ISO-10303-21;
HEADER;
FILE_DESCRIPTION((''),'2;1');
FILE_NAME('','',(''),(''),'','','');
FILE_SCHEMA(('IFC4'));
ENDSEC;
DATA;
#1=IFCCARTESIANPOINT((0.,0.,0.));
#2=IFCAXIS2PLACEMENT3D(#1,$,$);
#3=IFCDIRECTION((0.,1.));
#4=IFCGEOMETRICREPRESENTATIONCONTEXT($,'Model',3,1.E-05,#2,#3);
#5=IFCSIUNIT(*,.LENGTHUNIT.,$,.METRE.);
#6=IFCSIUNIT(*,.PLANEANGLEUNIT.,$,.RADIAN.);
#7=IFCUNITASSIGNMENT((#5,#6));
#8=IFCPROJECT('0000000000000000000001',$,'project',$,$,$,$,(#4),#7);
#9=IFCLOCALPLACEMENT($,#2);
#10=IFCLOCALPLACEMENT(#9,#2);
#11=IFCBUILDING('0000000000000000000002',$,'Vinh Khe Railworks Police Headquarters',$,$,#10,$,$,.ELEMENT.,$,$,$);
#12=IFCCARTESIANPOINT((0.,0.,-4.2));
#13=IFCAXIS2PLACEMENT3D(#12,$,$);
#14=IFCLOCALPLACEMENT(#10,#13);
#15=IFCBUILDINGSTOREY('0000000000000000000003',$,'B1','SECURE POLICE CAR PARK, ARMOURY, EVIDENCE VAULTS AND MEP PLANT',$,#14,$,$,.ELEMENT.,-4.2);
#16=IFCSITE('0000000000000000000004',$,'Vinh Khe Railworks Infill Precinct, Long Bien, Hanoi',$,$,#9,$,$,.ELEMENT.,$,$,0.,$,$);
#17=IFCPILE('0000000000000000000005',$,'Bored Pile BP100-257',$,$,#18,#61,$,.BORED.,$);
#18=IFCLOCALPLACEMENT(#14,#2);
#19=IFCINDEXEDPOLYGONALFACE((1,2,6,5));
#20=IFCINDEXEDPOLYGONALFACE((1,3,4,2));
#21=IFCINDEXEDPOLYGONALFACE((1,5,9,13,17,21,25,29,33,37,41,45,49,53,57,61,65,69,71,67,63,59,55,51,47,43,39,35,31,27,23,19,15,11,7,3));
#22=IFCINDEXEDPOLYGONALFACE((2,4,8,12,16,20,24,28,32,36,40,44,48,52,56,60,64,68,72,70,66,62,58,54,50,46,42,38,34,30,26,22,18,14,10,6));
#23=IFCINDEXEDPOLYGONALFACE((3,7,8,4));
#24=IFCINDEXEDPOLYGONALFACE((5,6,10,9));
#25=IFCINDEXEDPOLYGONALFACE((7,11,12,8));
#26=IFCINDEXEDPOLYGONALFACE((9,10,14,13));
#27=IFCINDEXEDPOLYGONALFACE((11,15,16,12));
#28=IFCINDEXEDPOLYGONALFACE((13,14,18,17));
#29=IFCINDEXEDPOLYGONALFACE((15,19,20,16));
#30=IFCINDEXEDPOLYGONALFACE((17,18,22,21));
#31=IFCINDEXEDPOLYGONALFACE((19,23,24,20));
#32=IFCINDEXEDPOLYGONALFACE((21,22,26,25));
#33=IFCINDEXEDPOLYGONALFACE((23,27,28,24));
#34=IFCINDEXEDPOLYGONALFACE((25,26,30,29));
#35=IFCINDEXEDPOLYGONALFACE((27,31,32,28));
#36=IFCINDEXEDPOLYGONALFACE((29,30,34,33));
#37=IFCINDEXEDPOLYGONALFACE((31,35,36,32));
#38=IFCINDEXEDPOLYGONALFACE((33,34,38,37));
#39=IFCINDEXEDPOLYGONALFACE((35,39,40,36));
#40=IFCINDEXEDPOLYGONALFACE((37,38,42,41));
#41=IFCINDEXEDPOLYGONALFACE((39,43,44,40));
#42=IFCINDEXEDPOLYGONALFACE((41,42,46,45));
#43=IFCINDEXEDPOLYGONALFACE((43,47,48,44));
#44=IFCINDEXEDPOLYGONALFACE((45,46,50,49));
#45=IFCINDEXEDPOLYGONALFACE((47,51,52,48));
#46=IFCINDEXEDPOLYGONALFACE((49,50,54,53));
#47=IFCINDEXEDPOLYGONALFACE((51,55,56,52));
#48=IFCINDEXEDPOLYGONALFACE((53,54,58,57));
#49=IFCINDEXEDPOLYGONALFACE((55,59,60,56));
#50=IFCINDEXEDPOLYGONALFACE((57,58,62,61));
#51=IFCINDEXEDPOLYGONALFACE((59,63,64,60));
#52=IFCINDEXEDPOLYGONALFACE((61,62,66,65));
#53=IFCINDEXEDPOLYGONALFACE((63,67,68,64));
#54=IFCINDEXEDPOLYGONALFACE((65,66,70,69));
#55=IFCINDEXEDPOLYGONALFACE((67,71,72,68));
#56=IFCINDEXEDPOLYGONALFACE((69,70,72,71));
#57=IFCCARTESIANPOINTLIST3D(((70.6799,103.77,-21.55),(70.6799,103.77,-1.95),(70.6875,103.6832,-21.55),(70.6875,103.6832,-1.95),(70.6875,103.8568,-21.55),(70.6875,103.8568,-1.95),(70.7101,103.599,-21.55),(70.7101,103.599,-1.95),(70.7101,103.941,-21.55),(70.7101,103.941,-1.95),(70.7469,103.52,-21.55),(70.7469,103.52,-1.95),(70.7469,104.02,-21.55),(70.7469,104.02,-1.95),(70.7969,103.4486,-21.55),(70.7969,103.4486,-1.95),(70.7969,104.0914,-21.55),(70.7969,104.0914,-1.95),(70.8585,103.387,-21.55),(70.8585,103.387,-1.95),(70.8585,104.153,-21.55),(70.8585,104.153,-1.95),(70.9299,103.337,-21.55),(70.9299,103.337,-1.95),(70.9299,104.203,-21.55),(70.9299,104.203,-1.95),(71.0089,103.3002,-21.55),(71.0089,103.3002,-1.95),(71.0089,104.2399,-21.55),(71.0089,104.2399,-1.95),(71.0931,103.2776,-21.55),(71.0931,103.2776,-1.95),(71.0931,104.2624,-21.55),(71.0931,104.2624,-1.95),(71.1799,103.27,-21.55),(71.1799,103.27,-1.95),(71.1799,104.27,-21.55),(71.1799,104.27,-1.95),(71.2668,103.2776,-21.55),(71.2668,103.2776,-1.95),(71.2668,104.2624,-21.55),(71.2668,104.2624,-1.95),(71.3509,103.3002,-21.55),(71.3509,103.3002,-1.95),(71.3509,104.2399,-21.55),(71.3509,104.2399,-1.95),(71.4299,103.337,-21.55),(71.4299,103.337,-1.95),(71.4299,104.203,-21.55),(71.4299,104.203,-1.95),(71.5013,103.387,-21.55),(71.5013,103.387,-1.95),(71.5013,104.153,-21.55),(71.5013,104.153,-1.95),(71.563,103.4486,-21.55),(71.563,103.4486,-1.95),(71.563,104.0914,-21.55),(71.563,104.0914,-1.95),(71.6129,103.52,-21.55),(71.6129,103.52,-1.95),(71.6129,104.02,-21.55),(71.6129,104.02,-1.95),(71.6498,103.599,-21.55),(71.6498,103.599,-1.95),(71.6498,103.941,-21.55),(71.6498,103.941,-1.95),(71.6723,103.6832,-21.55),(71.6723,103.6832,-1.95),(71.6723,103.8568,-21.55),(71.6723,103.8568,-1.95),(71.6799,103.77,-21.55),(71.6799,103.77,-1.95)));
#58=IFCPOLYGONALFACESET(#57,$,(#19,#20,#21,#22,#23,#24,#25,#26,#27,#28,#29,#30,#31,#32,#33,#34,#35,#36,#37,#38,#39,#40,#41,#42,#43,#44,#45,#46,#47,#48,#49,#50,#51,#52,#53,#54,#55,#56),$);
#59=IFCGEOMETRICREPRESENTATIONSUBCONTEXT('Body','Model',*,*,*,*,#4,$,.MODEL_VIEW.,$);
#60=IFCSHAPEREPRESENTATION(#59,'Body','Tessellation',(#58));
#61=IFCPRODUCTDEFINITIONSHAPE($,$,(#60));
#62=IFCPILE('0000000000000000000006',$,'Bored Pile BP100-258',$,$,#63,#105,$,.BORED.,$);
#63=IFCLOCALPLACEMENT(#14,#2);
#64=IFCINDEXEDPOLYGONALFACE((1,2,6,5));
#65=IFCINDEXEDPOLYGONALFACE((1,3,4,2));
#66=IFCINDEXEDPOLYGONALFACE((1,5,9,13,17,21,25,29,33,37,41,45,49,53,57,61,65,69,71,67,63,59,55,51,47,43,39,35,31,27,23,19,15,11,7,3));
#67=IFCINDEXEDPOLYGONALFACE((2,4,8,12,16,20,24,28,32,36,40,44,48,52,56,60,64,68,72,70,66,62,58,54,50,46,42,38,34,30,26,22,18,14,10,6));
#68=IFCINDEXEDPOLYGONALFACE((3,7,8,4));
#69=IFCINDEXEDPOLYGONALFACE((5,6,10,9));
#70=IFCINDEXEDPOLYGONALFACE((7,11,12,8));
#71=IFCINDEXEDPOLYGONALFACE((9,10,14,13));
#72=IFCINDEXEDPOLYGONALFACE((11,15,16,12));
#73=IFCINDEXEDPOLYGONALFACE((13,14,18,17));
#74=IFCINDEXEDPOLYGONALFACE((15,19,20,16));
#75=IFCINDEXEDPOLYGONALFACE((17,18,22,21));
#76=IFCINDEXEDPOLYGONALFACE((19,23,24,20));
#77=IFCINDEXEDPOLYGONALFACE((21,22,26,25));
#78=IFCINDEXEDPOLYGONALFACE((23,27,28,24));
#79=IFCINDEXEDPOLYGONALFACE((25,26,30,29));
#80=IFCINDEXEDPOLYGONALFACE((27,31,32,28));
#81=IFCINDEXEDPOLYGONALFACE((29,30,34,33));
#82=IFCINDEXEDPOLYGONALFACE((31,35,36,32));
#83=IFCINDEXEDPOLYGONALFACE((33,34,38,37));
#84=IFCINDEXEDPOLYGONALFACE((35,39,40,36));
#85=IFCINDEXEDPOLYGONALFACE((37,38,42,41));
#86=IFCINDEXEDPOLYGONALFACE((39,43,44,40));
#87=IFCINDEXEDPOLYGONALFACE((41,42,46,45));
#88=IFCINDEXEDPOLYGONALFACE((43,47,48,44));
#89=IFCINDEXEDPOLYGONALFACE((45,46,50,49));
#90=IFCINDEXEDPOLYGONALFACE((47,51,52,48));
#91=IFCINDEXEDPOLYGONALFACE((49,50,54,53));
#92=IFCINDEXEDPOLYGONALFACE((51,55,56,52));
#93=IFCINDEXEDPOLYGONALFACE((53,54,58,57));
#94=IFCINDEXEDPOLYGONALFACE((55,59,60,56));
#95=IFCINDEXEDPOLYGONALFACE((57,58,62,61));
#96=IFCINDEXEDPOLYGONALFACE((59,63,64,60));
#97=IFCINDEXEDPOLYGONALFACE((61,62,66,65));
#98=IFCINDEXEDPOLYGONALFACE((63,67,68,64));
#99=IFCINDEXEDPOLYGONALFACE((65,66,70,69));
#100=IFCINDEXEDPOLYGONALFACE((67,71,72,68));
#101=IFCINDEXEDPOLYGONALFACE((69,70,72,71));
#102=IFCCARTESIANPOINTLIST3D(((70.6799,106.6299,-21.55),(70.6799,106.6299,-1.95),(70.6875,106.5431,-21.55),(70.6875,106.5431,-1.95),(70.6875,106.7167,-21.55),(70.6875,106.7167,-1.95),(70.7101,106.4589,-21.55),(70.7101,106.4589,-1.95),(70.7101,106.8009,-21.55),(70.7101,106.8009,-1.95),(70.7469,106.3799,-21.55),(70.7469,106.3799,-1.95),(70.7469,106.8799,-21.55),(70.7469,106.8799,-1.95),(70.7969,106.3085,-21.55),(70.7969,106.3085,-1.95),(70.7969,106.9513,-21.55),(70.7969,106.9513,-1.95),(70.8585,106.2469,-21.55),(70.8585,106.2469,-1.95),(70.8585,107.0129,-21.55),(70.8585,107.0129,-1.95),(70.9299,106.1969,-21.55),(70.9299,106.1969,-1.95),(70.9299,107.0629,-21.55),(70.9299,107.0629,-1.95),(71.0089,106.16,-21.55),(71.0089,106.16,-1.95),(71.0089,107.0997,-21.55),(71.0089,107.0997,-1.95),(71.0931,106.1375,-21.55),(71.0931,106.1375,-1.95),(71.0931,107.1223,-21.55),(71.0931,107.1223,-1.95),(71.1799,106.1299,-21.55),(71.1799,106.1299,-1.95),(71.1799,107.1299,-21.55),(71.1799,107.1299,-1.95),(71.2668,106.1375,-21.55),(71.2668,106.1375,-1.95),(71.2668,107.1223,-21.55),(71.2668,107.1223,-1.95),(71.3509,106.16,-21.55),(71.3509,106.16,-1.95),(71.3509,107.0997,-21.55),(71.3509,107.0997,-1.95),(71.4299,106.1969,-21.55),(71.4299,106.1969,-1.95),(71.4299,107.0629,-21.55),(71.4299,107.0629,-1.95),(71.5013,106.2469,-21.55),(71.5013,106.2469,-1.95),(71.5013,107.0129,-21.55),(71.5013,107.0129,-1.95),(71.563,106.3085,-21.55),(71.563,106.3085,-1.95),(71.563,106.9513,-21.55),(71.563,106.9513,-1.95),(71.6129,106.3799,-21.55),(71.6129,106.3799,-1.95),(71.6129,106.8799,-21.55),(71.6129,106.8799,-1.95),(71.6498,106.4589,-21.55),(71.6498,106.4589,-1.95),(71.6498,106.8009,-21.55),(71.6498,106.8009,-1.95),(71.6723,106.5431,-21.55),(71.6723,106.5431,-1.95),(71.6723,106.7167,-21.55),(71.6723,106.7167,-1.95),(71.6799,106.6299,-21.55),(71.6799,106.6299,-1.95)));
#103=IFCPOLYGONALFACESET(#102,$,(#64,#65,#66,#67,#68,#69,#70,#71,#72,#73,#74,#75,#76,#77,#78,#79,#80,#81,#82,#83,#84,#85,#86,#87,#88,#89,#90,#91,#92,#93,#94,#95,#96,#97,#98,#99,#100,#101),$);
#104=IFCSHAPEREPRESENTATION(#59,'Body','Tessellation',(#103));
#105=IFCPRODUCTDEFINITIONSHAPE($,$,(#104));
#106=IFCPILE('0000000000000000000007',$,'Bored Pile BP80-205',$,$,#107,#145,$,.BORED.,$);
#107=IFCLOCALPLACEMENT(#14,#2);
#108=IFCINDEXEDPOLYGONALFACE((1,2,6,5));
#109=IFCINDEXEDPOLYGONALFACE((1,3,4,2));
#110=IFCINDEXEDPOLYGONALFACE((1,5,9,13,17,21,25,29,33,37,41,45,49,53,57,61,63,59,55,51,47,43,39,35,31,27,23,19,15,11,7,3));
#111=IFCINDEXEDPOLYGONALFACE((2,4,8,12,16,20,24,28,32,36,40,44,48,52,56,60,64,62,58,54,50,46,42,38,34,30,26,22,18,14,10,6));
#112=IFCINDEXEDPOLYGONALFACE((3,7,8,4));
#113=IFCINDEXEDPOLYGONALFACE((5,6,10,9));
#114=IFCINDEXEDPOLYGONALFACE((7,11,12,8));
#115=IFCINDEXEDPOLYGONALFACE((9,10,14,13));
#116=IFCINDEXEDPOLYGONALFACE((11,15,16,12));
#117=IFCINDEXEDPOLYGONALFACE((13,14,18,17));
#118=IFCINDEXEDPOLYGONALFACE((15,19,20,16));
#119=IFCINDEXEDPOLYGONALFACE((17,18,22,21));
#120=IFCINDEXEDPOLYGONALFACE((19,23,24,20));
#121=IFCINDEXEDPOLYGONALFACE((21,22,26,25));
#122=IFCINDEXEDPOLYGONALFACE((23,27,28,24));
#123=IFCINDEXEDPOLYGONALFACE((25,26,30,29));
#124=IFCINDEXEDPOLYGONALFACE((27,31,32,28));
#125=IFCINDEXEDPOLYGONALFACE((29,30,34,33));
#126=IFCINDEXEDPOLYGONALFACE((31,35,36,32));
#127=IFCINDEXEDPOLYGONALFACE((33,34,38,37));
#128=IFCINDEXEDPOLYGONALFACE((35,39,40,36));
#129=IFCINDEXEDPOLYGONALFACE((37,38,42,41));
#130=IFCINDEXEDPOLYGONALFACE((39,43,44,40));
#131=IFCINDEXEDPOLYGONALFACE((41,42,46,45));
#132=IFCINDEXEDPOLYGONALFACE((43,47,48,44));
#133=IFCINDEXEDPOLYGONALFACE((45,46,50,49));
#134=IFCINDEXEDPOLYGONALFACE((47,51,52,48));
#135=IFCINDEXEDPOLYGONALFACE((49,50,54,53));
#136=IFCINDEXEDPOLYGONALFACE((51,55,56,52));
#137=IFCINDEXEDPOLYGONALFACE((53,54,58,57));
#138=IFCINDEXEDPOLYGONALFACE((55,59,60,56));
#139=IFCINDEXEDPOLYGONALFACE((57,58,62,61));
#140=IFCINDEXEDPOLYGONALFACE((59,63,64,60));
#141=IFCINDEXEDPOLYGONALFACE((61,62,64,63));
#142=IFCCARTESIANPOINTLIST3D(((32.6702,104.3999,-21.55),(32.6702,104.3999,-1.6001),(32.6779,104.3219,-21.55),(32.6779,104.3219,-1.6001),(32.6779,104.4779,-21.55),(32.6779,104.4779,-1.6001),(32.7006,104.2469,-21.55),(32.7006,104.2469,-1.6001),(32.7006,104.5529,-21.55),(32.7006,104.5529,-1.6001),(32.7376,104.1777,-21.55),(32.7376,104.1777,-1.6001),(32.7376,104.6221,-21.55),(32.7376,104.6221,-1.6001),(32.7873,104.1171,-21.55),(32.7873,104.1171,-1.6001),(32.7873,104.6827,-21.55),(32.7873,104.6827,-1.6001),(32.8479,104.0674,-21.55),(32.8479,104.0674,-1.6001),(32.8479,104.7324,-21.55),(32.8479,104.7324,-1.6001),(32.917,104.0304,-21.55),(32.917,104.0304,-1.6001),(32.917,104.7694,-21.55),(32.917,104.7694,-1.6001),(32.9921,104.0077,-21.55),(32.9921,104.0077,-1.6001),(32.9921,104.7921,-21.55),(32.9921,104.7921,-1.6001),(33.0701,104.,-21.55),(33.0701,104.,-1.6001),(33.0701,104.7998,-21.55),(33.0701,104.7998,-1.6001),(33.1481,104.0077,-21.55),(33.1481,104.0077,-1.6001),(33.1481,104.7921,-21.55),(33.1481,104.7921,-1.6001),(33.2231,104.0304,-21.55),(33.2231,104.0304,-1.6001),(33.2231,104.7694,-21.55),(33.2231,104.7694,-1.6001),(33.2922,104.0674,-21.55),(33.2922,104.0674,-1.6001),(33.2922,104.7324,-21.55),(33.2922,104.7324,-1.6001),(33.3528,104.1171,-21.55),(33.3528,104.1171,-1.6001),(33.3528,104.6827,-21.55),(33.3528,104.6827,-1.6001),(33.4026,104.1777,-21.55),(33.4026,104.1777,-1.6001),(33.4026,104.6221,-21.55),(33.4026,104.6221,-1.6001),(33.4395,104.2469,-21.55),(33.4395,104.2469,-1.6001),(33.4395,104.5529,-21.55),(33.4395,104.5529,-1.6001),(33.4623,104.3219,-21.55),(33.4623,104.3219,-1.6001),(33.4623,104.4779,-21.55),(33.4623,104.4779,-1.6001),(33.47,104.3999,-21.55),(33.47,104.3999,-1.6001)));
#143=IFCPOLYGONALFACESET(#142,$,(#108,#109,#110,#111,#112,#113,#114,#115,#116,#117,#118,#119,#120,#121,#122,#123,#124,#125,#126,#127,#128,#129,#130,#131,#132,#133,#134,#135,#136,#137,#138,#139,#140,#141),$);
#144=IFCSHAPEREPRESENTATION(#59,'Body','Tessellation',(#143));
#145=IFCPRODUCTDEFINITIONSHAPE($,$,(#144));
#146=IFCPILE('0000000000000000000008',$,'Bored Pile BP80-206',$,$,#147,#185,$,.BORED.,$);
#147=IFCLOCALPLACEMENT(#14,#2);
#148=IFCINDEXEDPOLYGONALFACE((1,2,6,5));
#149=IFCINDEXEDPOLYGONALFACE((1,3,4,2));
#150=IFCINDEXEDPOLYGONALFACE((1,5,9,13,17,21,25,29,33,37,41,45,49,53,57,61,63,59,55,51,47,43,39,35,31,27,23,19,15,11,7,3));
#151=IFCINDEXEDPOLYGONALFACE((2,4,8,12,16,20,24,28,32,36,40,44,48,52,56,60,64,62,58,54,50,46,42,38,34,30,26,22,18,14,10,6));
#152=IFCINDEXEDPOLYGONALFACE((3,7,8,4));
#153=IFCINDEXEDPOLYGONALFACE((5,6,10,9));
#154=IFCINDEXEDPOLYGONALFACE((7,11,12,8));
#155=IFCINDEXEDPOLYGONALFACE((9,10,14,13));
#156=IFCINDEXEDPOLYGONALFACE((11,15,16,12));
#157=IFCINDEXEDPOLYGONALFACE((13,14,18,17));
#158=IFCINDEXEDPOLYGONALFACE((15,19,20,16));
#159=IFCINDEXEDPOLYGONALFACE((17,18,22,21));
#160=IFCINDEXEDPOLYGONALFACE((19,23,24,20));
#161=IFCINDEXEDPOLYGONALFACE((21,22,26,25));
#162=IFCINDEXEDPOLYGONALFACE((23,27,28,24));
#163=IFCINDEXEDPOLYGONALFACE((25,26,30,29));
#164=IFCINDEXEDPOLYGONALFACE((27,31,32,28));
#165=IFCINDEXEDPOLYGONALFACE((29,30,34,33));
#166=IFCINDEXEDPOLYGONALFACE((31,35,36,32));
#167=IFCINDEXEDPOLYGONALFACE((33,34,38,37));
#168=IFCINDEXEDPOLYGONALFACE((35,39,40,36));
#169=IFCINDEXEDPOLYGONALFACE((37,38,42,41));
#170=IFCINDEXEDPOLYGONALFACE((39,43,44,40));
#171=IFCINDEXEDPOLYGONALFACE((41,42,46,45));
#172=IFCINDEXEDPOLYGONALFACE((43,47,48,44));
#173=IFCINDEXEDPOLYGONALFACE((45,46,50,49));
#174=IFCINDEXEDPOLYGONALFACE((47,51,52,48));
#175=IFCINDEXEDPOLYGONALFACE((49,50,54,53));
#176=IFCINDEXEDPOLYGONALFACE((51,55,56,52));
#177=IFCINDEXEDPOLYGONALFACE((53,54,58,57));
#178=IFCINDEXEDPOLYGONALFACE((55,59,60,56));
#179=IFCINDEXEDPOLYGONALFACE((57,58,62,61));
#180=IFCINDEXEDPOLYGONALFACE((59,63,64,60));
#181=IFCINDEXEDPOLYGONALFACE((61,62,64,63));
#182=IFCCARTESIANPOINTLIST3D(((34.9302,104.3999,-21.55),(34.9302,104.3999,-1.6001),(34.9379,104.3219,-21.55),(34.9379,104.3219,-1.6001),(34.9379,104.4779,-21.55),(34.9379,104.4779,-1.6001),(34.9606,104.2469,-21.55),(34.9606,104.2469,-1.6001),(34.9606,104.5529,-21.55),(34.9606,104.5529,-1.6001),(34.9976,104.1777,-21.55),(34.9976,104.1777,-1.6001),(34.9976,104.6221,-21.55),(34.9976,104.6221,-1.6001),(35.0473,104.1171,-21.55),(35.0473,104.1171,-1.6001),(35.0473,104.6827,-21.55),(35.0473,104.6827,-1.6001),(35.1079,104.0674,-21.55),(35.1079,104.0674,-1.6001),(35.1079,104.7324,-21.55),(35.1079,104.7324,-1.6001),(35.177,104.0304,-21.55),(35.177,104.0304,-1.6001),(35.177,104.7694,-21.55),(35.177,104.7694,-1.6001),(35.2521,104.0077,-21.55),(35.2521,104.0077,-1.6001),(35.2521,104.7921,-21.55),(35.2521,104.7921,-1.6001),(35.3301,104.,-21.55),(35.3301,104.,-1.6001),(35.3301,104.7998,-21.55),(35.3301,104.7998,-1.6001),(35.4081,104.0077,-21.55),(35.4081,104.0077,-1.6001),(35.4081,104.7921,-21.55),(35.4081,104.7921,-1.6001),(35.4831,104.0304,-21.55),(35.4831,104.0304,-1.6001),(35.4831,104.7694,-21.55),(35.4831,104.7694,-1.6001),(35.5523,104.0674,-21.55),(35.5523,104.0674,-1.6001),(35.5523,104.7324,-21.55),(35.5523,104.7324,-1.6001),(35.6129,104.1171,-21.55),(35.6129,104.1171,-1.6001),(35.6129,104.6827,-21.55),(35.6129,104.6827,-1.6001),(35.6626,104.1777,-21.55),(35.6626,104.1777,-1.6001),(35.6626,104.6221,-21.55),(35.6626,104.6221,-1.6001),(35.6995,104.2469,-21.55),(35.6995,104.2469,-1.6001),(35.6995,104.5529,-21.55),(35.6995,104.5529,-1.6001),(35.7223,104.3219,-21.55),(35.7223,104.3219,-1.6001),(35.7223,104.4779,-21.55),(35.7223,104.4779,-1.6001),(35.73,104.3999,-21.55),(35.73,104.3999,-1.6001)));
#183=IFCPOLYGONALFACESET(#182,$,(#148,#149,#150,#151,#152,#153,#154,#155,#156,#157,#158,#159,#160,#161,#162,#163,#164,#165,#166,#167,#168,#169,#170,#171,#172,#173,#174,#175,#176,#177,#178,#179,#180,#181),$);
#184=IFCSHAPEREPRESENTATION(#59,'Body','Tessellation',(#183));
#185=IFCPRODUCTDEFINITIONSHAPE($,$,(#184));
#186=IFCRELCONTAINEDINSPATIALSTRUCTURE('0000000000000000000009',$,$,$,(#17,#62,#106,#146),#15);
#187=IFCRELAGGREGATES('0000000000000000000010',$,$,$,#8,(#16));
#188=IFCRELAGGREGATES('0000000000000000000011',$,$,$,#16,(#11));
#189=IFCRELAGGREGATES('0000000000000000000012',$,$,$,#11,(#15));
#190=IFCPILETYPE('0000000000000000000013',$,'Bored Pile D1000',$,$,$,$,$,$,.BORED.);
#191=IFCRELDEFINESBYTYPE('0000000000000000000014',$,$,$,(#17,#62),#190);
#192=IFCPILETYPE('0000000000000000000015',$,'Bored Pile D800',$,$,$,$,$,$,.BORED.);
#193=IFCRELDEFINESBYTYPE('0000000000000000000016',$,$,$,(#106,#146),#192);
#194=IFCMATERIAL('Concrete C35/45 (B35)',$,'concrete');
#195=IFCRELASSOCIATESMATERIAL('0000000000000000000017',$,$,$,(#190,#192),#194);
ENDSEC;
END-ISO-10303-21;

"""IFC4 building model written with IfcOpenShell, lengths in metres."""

from ifc_helpers import new_model, si_unit, direction, frame, origin, origin_2d, place, context, subcontext, project, spatial, circle, extrude, material, material_profile, profile_set, type_object, element, save


model = new_model("IFC4")

# Units and contexts
model_context = context("Model", 3, precision=1e-05, world=origin(), true_north=direction((0.0, 1.0)))
body_context = subcontext(model_context, "Body", "Model", "MODEL_VIEW")
ifc_project = project(units=[si_unit("LENGTHUNIT", "METRE"), si_unit("PLANEANGLEUNIT", "RADIAN")], contexts=[model_context])

# Site, building, storey
site_placement = place(None, origin())
site = spatial("IfcSite", under=ifc_project, at=site_placement, Name="Vinh Khe Railworks Infill Precinct, Long Bien, Hanoi", CompositionType="ELEMENT", RefElevation=0.0)
building_placement = place(site_placement, origin())
building = spatial("IfcBuilding", under=site, at=building_placement, Name="Vinh Khe Railworks Police Headquarters", CompositionType="ELEMENT")
storey_placement = place(building_placement, frame((0.0, 0.0, -4.2)))
storey = spatial("IfcBuildingStorey", under=building, at=storey_placement, Name="B1", Description="SECURE POLICE CAR PARK, ARMOURY, EVIDENCE VAULTS AND MEP PLANT", CompositionType="ELEMENT", Elevation=-4.2)

# Piles
ifc_material_1 = material(Name="Concrete C35/45 (B35)", Category="concrete")
ifc_material_profile_1 = material_profile(ifc_material_1, circle(Radius=0.5, at=origin_2d()), Name="BORED PILE D1000")
ifc_profile_set_1 = profile_set([ifc_material_profile_1], Name="Concrete C35/45 (B35)")
pile_type_1 = type_object("IfcPileType", Name="Bored Pile D1000", PredefinedType="BORED", material=ifc_profile_set_1)
for number, where, z_axis, x_axis, name in (
    (1, (71.1799, 103.77, -1.95), (0.0, 0.0, -1.0), (1.0, 0.0, 0.0), "Bored Pile BP100-257"),
    (2, (71.1799, 106.6299, -1.95), (0.0, 0.0, -1.0), (1.0, 0.0, 0.0), "Bored Pile BP100-258"),
):
    element("IfcPile", number, at=place(storey_placement, frame(where, z_axis=z_axis, x_axis=x_axis)), inside=storey, type_object=pile_type_1, Name=name, PredefinedType="BORED", context=body_context, shape_type="SweptSolid", body=[
        extrude(circle(Radius=0.5, at=origin_2d()), origin(), (0.0, 0.0, 1.0), 19.6001),
    ])
ifc_material_profile_2 = material_profile(ifc_material_1, circle(Radius=0.3999, at=origin_2d()), Name="BORED PILE D800")
ifc_profile_set_2 = profile_set([ifc_material_profile_2], Name="Concrete C35/45 (B35)")
pile_type_2 = type_object("IfcPileType", Name="Bored Pile D800", PredefinedType="BORED", material=ifc_profile_set_2)
for number, where, z_axis, x_axis, name in (
    (3, (33.0701, 104.3999, -1.6001), (0.0, 0.0, -1.0), (1.0, 0.0, 0.0), "Bored Pile BP80-205"),
    (4, (35.3301, 104.3999, -1.6001), (0.0, 0.0, -1.0), (1.0, 0.0, 0.0), "Bored Pile BP80-206"),
):
    element("IfcPile", number, at=place(storey_placement, frame(where, z_axis=z_axis, x_axis=x_axis)), inside=storey, type_object=pile_type_2, Name=name, PredefinedType="BORED", context=body_context, shape_type="SweptSolid", body=[
        extrude(circle(Radius=0.3999, at=origin_2d()), origin(), (0.0, 0.0, 1.0), 19.95),
    ])

save(model, "model.ifc")
